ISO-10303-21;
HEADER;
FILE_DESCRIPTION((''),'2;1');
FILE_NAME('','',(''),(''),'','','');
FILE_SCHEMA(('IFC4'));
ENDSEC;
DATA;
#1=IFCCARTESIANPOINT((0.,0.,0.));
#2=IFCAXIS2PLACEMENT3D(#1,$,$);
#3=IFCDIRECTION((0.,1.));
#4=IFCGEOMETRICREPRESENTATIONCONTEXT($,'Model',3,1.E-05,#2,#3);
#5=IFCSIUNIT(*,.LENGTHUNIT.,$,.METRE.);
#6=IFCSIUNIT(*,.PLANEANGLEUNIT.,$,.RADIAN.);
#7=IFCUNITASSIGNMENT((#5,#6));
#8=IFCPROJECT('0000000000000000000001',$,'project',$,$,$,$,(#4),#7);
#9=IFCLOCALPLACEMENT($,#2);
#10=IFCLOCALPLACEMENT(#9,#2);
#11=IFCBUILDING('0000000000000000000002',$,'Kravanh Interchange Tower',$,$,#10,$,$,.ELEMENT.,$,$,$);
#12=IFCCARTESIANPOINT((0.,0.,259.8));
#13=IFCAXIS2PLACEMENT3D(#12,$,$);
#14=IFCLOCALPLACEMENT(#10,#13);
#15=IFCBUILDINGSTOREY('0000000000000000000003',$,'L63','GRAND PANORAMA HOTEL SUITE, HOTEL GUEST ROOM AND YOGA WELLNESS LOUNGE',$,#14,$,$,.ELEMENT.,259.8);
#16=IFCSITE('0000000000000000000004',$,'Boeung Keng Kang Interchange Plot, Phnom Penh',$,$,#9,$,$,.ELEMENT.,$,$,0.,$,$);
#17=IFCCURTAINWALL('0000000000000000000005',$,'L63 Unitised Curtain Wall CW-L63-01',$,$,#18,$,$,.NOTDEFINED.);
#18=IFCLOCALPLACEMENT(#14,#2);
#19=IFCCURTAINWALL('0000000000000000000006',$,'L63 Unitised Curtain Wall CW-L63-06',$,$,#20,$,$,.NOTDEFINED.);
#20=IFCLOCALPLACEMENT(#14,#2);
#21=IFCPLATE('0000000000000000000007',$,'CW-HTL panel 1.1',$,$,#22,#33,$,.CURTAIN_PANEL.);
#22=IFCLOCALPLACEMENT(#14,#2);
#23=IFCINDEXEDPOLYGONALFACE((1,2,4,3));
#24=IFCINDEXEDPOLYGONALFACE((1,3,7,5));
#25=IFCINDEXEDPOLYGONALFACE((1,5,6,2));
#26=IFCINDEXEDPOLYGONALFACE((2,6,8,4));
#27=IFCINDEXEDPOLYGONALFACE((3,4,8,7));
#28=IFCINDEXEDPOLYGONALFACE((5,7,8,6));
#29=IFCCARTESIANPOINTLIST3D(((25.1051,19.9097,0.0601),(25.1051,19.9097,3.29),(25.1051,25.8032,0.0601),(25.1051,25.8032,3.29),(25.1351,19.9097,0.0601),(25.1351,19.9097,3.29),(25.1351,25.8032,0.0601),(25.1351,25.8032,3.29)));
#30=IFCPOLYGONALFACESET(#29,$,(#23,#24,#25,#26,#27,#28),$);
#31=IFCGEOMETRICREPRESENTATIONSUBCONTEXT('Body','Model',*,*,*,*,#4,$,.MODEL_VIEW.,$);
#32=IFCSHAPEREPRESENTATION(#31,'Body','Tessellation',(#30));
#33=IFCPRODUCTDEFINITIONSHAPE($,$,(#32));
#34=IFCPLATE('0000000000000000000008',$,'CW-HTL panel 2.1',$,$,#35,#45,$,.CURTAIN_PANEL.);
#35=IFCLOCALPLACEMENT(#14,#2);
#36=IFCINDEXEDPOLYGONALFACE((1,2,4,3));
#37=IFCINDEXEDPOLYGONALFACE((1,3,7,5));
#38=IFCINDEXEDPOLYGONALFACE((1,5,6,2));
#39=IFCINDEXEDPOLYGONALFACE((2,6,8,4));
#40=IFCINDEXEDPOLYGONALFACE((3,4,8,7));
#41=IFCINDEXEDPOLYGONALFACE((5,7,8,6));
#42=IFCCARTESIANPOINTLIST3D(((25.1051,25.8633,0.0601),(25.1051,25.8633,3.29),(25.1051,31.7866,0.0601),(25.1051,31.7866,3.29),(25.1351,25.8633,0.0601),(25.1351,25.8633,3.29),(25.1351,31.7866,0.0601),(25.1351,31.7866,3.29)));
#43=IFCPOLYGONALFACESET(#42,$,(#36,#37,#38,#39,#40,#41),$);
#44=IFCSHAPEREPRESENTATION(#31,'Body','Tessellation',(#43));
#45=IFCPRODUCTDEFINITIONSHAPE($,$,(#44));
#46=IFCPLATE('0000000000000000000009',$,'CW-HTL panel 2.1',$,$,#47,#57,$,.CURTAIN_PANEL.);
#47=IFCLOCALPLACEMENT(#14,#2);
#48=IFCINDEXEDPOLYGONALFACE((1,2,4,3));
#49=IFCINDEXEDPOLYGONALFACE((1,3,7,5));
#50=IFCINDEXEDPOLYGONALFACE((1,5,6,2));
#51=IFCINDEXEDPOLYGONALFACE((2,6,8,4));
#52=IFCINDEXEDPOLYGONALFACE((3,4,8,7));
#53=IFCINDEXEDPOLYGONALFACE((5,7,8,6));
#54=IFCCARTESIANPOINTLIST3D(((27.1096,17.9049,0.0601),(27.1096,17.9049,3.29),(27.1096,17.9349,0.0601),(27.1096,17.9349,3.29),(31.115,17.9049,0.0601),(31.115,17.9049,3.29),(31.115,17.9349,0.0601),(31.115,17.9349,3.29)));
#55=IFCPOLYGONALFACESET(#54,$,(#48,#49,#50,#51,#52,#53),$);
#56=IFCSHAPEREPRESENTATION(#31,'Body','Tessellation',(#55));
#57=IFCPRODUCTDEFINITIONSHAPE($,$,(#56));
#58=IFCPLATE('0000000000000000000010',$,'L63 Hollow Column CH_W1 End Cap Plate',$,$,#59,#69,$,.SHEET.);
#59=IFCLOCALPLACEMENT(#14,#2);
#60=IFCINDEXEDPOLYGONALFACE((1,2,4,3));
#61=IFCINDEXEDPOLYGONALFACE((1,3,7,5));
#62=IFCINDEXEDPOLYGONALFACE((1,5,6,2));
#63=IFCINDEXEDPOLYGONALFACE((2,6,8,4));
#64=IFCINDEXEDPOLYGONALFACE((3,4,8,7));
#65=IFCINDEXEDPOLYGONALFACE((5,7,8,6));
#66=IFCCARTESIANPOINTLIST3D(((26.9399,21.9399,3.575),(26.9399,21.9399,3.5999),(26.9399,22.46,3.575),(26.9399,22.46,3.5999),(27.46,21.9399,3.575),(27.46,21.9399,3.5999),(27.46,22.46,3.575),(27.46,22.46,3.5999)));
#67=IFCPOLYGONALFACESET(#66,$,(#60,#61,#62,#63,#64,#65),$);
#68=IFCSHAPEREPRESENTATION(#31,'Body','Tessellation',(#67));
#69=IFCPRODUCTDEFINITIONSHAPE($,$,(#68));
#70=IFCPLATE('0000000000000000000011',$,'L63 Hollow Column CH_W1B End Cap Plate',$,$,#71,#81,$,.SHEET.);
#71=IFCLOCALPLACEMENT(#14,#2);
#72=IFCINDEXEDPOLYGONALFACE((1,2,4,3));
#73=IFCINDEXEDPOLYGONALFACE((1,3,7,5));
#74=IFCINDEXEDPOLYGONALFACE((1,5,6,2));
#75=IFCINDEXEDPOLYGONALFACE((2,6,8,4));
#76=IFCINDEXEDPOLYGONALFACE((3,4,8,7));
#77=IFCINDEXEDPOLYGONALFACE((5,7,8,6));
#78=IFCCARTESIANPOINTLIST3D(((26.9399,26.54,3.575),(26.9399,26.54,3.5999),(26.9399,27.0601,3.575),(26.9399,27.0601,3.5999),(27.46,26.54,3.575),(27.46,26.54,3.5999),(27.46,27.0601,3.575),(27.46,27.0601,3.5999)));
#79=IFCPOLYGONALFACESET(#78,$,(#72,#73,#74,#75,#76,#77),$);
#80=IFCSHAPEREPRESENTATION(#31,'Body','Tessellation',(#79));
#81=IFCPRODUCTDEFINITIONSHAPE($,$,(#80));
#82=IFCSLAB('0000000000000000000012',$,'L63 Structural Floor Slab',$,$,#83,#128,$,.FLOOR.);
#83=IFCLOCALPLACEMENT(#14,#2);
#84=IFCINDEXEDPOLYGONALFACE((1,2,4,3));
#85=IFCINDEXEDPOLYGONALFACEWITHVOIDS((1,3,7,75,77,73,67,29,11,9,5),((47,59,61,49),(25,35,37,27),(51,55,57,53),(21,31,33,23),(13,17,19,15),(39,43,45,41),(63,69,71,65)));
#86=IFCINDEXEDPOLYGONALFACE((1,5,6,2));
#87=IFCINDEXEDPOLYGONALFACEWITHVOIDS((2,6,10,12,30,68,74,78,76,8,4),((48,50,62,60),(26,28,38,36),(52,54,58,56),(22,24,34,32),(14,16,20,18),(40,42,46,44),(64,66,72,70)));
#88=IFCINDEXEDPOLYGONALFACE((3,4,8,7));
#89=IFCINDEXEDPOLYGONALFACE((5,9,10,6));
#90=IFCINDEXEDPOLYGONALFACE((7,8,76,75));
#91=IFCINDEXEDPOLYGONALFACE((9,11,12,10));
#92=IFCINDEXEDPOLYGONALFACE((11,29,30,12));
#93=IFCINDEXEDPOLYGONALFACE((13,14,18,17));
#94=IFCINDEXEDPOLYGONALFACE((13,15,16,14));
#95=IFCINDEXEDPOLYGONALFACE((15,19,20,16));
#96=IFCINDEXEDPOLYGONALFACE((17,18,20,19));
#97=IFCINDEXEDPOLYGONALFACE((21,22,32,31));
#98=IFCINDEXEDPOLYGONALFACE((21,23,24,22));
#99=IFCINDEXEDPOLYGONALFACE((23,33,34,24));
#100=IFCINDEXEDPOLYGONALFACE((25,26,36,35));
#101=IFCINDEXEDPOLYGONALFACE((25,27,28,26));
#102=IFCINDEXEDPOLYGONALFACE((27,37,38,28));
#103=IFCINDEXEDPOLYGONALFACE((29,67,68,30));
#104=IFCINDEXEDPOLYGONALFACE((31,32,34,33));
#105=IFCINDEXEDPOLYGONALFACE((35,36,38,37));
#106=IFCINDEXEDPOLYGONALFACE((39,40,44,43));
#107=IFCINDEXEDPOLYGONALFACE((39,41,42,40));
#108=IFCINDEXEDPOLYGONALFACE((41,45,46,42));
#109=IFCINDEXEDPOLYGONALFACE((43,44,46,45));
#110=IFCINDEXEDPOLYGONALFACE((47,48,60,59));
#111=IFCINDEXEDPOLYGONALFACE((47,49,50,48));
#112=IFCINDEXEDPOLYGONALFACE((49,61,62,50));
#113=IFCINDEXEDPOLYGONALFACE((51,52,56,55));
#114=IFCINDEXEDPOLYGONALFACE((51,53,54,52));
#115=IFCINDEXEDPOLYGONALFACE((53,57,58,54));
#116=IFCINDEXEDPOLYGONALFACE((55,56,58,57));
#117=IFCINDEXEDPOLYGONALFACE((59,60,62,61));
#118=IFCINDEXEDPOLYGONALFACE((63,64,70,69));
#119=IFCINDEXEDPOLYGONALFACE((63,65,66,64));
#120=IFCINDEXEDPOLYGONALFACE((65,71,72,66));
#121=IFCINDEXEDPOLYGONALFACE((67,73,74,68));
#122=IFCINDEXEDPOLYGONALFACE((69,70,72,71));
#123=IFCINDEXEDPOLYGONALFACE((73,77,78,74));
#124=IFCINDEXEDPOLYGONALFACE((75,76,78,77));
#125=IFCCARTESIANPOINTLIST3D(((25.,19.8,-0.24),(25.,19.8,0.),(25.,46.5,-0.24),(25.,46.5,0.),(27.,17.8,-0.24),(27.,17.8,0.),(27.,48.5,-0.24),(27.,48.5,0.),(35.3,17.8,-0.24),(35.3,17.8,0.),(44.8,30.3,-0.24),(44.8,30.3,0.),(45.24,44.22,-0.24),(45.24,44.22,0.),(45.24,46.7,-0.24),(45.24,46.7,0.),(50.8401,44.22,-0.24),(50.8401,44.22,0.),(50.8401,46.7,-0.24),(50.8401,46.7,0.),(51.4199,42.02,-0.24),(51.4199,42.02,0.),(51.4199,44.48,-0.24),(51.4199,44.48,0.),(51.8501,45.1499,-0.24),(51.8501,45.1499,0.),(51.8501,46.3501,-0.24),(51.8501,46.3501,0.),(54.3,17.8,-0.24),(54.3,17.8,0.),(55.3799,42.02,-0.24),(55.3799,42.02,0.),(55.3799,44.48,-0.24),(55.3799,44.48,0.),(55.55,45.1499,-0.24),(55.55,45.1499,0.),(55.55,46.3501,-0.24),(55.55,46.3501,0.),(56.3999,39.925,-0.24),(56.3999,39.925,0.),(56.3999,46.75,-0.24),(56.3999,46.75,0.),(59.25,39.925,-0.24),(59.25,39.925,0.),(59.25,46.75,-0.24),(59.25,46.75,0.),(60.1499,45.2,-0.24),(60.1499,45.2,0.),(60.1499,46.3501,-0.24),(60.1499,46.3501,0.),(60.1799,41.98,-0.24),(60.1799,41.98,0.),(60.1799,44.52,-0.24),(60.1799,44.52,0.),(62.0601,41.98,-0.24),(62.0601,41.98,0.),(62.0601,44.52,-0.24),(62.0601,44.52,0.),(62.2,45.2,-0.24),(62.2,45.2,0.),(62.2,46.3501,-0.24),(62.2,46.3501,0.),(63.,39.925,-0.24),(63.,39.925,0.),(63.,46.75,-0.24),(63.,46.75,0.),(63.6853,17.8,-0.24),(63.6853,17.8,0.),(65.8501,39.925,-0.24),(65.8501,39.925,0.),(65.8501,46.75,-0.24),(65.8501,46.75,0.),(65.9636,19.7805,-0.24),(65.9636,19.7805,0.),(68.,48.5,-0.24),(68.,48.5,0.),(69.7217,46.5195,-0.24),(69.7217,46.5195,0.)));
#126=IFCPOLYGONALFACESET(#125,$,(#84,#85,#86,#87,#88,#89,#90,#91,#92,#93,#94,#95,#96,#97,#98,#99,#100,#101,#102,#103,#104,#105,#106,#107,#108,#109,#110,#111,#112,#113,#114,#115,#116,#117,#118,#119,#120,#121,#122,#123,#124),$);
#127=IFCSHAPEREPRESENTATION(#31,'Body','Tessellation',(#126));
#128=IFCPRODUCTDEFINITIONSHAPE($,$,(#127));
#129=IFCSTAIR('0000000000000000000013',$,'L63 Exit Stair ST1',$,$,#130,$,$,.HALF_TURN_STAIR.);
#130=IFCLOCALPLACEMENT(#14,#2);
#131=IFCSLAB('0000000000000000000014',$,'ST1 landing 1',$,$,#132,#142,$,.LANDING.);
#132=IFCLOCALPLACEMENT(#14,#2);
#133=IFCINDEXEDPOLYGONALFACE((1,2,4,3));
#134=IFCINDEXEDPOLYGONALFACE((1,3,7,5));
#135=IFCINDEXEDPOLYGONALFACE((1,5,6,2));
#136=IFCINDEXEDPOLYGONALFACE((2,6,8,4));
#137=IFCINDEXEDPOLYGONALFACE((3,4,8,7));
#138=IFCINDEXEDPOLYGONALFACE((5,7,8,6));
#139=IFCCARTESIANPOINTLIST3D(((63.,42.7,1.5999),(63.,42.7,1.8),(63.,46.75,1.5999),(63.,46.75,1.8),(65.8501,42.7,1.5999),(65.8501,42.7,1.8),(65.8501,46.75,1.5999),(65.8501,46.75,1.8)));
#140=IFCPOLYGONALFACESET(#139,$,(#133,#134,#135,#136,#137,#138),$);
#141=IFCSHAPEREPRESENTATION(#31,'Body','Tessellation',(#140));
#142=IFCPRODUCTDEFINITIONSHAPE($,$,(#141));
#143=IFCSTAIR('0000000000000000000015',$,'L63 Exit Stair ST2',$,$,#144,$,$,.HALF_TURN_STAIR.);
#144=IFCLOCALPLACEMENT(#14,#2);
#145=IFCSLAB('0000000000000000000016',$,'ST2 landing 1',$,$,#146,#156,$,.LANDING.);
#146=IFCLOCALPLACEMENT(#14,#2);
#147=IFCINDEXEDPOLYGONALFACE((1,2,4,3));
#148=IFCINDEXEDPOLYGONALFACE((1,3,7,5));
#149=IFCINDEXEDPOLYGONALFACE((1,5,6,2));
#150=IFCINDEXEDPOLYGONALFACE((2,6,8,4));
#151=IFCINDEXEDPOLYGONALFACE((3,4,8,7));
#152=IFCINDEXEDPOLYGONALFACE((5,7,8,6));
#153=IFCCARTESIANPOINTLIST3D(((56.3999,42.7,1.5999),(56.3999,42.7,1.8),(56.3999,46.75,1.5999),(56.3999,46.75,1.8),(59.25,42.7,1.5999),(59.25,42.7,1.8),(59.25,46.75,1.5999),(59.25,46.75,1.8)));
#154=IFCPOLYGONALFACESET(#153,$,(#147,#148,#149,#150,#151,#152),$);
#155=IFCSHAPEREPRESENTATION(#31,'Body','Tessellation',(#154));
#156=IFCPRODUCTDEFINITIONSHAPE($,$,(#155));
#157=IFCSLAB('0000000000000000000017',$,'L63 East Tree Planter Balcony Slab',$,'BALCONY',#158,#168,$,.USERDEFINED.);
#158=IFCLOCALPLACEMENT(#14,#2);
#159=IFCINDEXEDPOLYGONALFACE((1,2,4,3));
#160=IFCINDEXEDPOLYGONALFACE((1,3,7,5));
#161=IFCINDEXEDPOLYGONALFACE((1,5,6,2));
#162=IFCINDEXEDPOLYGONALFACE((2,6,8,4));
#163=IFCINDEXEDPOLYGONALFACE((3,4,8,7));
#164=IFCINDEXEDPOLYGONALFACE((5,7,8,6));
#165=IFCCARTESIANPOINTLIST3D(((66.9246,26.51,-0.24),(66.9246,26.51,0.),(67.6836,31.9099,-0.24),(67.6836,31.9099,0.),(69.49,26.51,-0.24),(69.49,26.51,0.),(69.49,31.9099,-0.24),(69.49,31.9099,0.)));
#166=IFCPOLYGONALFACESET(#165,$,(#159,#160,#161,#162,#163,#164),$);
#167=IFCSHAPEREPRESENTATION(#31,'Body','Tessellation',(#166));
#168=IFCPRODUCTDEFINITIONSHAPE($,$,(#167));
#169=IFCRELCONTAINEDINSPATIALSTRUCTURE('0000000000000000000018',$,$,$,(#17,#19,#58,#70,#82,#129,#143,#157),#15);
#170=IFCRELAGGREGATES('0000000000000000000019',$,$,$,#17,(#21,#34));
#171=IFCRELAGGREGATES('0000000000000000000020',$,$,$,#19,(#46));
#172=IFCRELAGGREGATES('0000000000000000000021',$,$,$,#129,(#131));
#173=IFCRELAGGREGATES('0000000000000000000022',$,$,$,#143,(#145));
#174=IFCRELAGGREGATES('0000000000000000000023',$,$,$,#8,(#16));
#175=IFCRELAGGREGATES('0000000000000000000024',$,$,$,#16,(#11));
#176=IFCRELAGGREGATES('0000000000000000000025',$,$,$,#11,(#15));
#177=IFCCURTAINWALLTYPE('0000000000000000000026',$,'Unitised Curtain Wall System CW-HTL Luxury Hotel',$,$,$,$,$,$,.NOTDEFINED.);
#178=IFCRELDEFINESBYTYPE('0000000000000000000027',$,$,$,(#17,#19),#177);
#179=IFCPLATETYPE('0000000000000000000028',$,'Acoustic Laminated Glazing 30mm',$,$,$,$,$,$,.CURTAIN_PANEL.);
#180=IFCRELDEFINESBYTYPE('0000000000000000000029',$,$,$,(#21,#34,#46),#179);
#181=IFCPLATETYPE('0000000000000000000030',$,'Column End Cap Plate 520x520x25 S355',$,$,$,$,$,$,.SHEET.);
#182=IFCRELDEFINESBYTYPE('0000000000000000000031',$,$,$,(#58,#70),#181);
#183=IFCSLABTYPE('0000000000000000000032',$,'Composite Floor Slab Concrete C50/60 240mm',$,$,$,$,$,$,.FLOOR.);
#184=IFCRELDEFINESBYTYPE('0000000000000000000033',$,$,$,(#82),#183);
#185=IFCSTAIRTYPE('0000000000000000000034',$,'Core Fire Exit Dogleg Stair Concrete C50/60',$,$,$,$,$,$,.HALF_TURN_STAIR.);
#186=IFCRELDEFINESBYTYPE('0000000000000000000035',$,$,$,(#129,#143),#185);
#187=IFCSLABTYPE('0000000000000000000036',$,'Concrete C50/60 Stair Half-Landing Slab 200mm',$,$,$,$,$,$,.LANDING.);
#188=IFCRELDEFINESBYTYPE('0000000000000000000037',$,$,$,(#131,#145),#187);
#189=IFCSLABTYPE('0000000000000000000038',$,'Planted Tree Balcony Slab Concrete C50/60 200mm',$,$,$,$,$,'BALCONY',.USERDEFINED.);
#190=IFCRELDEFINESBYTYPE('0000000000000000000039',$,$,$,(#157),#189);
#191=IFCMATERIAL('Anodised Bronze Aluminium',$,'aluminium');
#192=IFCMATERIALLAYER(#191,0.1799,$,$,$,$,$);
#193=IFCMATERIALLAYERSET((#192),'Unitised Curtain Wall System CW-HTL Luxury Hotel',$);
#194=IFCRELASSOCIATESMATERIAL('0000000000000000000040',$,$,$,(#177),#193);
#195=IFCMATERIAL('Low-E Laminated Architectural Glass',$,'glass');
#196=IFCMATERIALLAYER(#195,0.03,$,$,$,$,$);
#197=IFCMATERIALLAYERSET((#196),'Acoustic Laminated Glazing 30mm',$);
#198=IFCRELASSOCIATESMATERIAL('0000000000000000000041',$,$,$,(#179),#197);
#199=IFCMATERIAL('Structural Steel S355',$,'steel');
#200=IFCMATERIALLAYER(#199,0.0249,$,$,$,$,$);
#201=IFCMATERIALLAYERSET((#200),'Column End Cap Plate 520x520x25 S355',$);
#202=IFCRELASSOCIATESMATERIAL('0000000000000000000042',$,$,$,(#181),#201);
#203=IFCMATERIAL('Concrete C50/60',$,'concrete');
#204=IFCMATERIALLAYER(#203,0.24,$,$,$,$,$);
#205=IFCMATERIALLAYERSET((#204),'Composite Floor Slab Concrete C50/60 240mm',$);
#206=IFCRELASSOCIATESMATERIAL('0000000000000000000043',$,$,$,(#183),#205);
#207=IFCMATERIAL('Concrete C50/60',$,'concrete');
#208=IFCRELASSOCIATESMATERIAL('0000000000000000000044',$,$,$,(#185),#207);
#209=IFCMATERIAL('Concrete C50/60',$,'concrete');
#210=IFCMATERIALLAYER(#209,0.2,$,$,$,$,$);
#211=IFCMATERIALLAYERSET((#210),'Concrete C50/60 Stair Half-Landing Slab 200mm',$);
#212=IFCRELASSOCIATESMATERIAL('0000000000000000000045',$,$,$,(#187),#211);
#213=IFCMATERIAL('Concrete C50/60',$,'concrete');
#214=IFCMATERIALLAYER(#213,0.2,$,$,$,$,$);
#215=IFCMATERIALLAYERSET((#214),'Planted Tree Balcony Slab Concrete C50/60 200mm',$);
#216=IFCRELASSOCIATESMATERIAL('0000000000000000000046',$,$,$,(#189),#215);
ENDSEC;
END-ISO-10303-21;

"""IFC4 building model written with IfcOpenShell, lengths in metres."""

from ifc_helpers import new_model, si_unit, direction, frame, origin, origin_2d, place, context, subcontext, project, spatial, polyline, rectangle, outline, extrude, material, layer, layer_set, type_object, element, aggregate, save


model = new_model("IFC4")

# Units and contexts
model_context = context("Model", 3, precision=1e-05, world=origin(), true_north=direction((0.0, 1.0)))
body_context = subcontext(model_context, "Body", "Model", "MODEL_VIEW")
ifc_project = project(units=[si_unit("LENGTHUNIT", "METRE"), si_unit("PLANEANGLEUNIT", "RADIAN")], contexts=[model_context])

# Site, building, storey
site_placement = place(None, origin())
site = spatial("IfcSite", under=ifc_project, at=site_placement, Name="Boeung Keng Kang Interchange Plot, Phnom Penh", CompositionType="ELEMENT", RefElevation=0.0)
building_placement = place(site_placement, origin())
building = spatial("IfcBuilding", under=site, at=building_placement, Name="Kravanh Interchange Tower", CompositionType="ELEMENT")
storey_placement = place(building_placement, frame((0.0, 0.0, 259.8)))
storey = spatial("IfcBuildingStorey", under=building, at=storey_placement, Name="L63", Description="GRAND PANORAMA HOTEL SUITE, HOTEL GUEST ROOM AND YOGA WELLNESS LOUNGE", CompositionType="ELEMENT", Elevation=259.8)

# Curtain wall
ifc_material_1 = material(Name="Anodised Bronze Aluminium", Category="aluminium")
ifc_layer_1 = layer(ifc_material_1, 0.1799)
ifc_layer_set_1 = layer_set([ifc_layer_1], Name="Unitised Curtain Wall System CW-HTL Luxury Hotel")
curtain_wall_type = type_object("IfcCurtainWallType", Name="Unitised Curtain Wall System CW-HTL Luxury Hotel", PredefinedType="NOTDEFINED", material=ifc_layer_set_1)
curtain_wall_1_placement = place(storey_placement, origin())
curtain_wall_1 = element("IfcCurtainWall", 1, at=curtain_wall_1_placement, inside=storey, type_object=curtain_wall_type, Name="L63 Unitised Curtain Wall CW-L63-01", PredefinedType="NOTDEFINED")

# Curtain wall
curtain_wall_2_placement = place(storey_placement, origin())
curtain_wall_2 = element("IfcCurtainWall", 2, at=curtain_wall_2_placement, inside=storey, type_object=curtain_wall_type, Name="L63 Unitised Curtain Wall CW-L63-06", PredefinedType="NOTDEFINED")

# Plates
ifc_material_2 = material(Name="Low-E Laminated Architectural Glass", Category="glass")
ifc_layer_2 = layer(ifc_material_2, 0.03)
ifc_layer_set_2 = layer_set([ifc_layer_2], Name="Acoustic Laminated Glazing 30mm")
plate_type_1 = type_object("IfcPlateType", Name="Acoustic Laminated Glazing 30mm", PredefinedType="CURTAIN_PANEL", material=ifc_layer_set_2)
plate_1_placement = place(storey_placement, frame((25.1201, 22.8564, 0.0601), z_axis=(0.0, 0.0, 1.0), x_axis=(0.0, 1.0, 0.0)))
plate_1 = element("IfcPlate", 3, at=plate_1_placement, type_object=plate_type_1, Name="CW-HTL panel 1.1", PredefinedType="CURTAIN_PANEL", context=body_context, shape_type="SweptSolid", body=[
    extrude(rectangle(XDim=5.8936, YDim=0.03, at=origin_2d()), origin(), (0.0, 0.0, 1.0), 3.23),
])
plate_2_placement = place(storey_placement, frame((25.1201, 28.825, 0.0601), z_axis=(0.0, 0.0, 1.0), x_axis=(0.0, 1.0, 0.0)))
plate_2 = element("IfcPlate", 4, at=plate_2_placement, type_object=plate_type_1, Name="CW-HTL panel 2.1", PredefinedType="CURTAIN_PANEL", context=body_context, shape_type="SweptSolid", body=[
    extrude(rectangle(XDim=5.9233, YDim=0.03, at=origin_2d()), origin(), (0.0, 0.0, 1.0), 3.23),
])
aggregate(curtain_wall_1, [plate_1, plate_2])
plate_3_placement = place(storey_placement, frame((29.1123, 17.9199, 0.0601), z_axis=(0.0, 0.0, 1.0), x_axis=(-1.0, 0.0, 0.0)))
plate_3 = element("IfcPlate", 5, at=plate_3_placement, type_object=plate_type_1, Name="CW-HTL panel 2.1", PredefinedType="CURTAIN_PANEL", context=body_context, shape_type="SweptSolid", body=[
    extrude(rectangle(XDim=4.0054, YDim=0.03, at=origin_2d()), origin(), (0.0, 0.0, 1.0), 3.23),
])
aggregate(curtain_wall_2, [plate_3])

# Plates
ifc_material_3 = material(Name="Structural Steel S355", Category="steel")
ifc_layer_3 = layer(ifc_material_3, 0.0249)
ifc_layer_set_3 = layer_set([ifc_layer_3], Name="Column End Cap Plate 520x520x25 S355")
plate_type_2 = type_object("IfcPlateType", Name="Column End Cap Plate 520x520x25 S355", PredefinedType="SHEET", material=ifc_layer_set_3)
for number, where, z_axis, x_axis, name in (
    (6, (27.2, 22.2, 3.575), (0.0, 0.0, 1.0), (1.0, 0.0, 0.0), "L63 Hollow Column CH_W1 End Cap Plate"),
    (7, (27.2, 26.8, 3.575), (0.0, 0.0, 1.0), (1.0, 0.0, 0.0), "L63 Hollow Column CH_W1B End Cap Plate"),
):
    element("IfcPlate", number, at=place(storey_placement, frame(where, z_axis=z_axis, x_axis=x_axis)), inside=storey, type_object=plate_type_2, Name=name, PredefinedType="SHEET", context=body_context, shape_type="SweptSolid", body=[
        extrude(rectangle(XDim=0.52, YDim=0.52, at=origin_2d()), origin(), (0.0, 0.0, 1.0), 0.0249),
    ])

# Slab
ifc_material_4 = material(Name="Concrete C50/60", Category="concrete")
ifc_layer_4 = layer(ifc_material_4, 0.24)
ifc_layer_set_4 = layer_set([ifc_layer_4], Name="Composite Floor Slab Concrete C50/60 240mm")
slab_type_1 = type_object("IfcSlabType", Name="Composite Floor Slab Concrete C50/60 240mm", PredefinedType="FLOOR", material=ifc_layer_set_4)
slab_1_placement = place(storey_placement, frame((0.0, 0.0, -0.24)))
element("IfcSlab", 8, at=slab_1_placement, inside=storey, type_object=slab_type_1, Name="L63 Structural Floor Slab", PredefinedType="FLOOR", context=body_context, shape_type="SweptSolid", body=[
    extrude(outline(polyline([(25.0, 19.8), (27.0, 17.8), (35.3, 17.8), (44.8, 30.3), (54.3, 17.8), (63.6853, 17.8), (65.9636, 19.7805), (69.7217, 46.5195), (68.0, 48.5), (27.0, 48.5), (25.0, 46.5), (25.0, 19.8)]), holes=[polyline([(65.8501, 39.925), (65.8501, 46.75), (63.0, 46.75), (63.0, 39.925), (65.8501, 39.925)]), polyline([(59.25, 39.925), (59.25, 46.75), (56.3999, 46.75), (56.3999, 39.925), (59.25, 39.925)]), polyline([(45.24, 44.22), (50.8401, 44.22), (50.8401, 46.7), (45.24, 46.7), (45.24, 44.22)]), polyline([(51.4199, 42.02), (55.3799, 42.02), (55.3799, 44.48), (51.4199, 44.48), (51.4199, 42.02)]), polyline([(60.1799, 41.98), (62.0601, 41.98), (62.0601, 44.52), (60.1799, 44.52), (60.1799, 41.98)]), polyline([(60.1499, 45.2), (62.2, 45.2), (62.2, 46.3501), (60.1499, 46.3501), (60.1499, 45.2)]), polyline([(51.8501, 45.1499), (55.55, 45.1499), (55.55, 46.3501), (51.8501, 46.3501), (51.8501, 45.1499)])]), origin(), (0.0, 0.0, 1.0), 0.24),
])

# Stairs, slabs
ifc_material_5 = material(Name="Concrete C50/60", Category="concrete")
stair_type = type_object("IfcStairType", Name="Core Fire Exit Dogleg Stair Concrete C50/60", PredefinedType="HALF_TURN_STAIR", material=ifc_material_5)
stair_1_placement = place(storey_placement, origin())
stair_1 = element("IfcStair", 9, at=stair_1_placement, inside=storey, type_object=stair_type, Name="L63 Exit Stair ST1", PredefinedType="HALF_TURN_STAIR")
ifc_material_6 = material(Name="Concrete C50/60", Category="concrete")
ifc_layer_5 = layer(ifc_material_6, 0.2)
ifc_layer_set_5 = layer_set([ifc_layer_5], Name="Concrete C50/60 Stair Half-Landing Slab 200mm")
slab_type_2 = type_object("IfcSlabType", Name="Concrete C50/60 Stair Half-Landing Slab 200mm", PredefinedType="LANDING", material=ifc_layer_set_5)
slab_2_placement = place(storey_placement, frame((0.0, 0.0, 1.5999)))
slab_2 = element("IfcSlab", 10, at=slab_2_placement, type_object=slab_type_2, Name="ST1 landing 1", PredefinedType="LANDING", context=body_context, shape_type="SweptSolid", body=[
    extrude(outline(polyline([(65.8501, 42.7), (65.8501, 46.75), (63.0, 46.75), (63.0, 42.7), (65.8501, 42.7)])), origin(), (0.0, 0.0, 1.0), 0.2002),
])
aggregate(stair_1, [slab_2])
stair_2_placement = place(storey_placement, origin())
stair_2 = element("IfcStair", 11, at=stair_2_placement, inside=storey, type_object=stair_type, Name="L63 Exit Stair ST2", PredefinedType="HALF_TURN_STAIR")
slab_3_placement = place(storey_placement, frame((0.0, 0.0, 1.5999)))
slab_3 = element("IfcSlab", 12, at=slab_3_placement, type_object=slab_type_2, Name="ST2 landing 1", PredefinedType="LANDING", context=body_context, shape_type="SweptSolid", body=[
    extrude(outline(polyline([(59.25, 42.7), (59.25, 46.75), (56.3999, 46.75), (56.3999, 42.7), (59.25, 42.7)])), origin(), (0.0, 0.0, 1.0), 0.2002),
])
aggregate(stair_2, [slab_3])

# Slab
ifc_material_7 = material(Name="Concrete C50/60", Category="concrete")
ifc_layer_6 = layer(ifc_material_7, 0.2)
ifc_layer_set_6 = layer_set([ifc_layer_6], Name="Planted Tree Balcony Slab Concrete C50/60 200mm")
slab_type_3 = type_object("IfcSlabType", Name="Planted Tree Balcony Slab Concrete C50/60 200mm", ElementType="BALCONY", PredefinedType="USERDEFINED", material=ifc_layer_set_6)
slab_4_placement = place(storey_placement, frame((0.0, 0.0, -0.24)))
element("IfcSlab", 13, at=slab_4_placement, inside=storey, type_object=slab_type_3, Name="L63 East Tree Planter Balcony Slab", ObjectType="BALCONY", PredefinedType="USERDEFINED", context=body_context, shape_type="SweptSolid", body=[
    extrude(outline(polyline([(69.49, 31.9099), (69.49, 26.51), (66.9246, 26.51), (67.6836, 31.9099), (69.49, 31.9099)])), origin(), (0.0, 0.0, 1.0), 0.24),
])

save(model, "model.ifc")
